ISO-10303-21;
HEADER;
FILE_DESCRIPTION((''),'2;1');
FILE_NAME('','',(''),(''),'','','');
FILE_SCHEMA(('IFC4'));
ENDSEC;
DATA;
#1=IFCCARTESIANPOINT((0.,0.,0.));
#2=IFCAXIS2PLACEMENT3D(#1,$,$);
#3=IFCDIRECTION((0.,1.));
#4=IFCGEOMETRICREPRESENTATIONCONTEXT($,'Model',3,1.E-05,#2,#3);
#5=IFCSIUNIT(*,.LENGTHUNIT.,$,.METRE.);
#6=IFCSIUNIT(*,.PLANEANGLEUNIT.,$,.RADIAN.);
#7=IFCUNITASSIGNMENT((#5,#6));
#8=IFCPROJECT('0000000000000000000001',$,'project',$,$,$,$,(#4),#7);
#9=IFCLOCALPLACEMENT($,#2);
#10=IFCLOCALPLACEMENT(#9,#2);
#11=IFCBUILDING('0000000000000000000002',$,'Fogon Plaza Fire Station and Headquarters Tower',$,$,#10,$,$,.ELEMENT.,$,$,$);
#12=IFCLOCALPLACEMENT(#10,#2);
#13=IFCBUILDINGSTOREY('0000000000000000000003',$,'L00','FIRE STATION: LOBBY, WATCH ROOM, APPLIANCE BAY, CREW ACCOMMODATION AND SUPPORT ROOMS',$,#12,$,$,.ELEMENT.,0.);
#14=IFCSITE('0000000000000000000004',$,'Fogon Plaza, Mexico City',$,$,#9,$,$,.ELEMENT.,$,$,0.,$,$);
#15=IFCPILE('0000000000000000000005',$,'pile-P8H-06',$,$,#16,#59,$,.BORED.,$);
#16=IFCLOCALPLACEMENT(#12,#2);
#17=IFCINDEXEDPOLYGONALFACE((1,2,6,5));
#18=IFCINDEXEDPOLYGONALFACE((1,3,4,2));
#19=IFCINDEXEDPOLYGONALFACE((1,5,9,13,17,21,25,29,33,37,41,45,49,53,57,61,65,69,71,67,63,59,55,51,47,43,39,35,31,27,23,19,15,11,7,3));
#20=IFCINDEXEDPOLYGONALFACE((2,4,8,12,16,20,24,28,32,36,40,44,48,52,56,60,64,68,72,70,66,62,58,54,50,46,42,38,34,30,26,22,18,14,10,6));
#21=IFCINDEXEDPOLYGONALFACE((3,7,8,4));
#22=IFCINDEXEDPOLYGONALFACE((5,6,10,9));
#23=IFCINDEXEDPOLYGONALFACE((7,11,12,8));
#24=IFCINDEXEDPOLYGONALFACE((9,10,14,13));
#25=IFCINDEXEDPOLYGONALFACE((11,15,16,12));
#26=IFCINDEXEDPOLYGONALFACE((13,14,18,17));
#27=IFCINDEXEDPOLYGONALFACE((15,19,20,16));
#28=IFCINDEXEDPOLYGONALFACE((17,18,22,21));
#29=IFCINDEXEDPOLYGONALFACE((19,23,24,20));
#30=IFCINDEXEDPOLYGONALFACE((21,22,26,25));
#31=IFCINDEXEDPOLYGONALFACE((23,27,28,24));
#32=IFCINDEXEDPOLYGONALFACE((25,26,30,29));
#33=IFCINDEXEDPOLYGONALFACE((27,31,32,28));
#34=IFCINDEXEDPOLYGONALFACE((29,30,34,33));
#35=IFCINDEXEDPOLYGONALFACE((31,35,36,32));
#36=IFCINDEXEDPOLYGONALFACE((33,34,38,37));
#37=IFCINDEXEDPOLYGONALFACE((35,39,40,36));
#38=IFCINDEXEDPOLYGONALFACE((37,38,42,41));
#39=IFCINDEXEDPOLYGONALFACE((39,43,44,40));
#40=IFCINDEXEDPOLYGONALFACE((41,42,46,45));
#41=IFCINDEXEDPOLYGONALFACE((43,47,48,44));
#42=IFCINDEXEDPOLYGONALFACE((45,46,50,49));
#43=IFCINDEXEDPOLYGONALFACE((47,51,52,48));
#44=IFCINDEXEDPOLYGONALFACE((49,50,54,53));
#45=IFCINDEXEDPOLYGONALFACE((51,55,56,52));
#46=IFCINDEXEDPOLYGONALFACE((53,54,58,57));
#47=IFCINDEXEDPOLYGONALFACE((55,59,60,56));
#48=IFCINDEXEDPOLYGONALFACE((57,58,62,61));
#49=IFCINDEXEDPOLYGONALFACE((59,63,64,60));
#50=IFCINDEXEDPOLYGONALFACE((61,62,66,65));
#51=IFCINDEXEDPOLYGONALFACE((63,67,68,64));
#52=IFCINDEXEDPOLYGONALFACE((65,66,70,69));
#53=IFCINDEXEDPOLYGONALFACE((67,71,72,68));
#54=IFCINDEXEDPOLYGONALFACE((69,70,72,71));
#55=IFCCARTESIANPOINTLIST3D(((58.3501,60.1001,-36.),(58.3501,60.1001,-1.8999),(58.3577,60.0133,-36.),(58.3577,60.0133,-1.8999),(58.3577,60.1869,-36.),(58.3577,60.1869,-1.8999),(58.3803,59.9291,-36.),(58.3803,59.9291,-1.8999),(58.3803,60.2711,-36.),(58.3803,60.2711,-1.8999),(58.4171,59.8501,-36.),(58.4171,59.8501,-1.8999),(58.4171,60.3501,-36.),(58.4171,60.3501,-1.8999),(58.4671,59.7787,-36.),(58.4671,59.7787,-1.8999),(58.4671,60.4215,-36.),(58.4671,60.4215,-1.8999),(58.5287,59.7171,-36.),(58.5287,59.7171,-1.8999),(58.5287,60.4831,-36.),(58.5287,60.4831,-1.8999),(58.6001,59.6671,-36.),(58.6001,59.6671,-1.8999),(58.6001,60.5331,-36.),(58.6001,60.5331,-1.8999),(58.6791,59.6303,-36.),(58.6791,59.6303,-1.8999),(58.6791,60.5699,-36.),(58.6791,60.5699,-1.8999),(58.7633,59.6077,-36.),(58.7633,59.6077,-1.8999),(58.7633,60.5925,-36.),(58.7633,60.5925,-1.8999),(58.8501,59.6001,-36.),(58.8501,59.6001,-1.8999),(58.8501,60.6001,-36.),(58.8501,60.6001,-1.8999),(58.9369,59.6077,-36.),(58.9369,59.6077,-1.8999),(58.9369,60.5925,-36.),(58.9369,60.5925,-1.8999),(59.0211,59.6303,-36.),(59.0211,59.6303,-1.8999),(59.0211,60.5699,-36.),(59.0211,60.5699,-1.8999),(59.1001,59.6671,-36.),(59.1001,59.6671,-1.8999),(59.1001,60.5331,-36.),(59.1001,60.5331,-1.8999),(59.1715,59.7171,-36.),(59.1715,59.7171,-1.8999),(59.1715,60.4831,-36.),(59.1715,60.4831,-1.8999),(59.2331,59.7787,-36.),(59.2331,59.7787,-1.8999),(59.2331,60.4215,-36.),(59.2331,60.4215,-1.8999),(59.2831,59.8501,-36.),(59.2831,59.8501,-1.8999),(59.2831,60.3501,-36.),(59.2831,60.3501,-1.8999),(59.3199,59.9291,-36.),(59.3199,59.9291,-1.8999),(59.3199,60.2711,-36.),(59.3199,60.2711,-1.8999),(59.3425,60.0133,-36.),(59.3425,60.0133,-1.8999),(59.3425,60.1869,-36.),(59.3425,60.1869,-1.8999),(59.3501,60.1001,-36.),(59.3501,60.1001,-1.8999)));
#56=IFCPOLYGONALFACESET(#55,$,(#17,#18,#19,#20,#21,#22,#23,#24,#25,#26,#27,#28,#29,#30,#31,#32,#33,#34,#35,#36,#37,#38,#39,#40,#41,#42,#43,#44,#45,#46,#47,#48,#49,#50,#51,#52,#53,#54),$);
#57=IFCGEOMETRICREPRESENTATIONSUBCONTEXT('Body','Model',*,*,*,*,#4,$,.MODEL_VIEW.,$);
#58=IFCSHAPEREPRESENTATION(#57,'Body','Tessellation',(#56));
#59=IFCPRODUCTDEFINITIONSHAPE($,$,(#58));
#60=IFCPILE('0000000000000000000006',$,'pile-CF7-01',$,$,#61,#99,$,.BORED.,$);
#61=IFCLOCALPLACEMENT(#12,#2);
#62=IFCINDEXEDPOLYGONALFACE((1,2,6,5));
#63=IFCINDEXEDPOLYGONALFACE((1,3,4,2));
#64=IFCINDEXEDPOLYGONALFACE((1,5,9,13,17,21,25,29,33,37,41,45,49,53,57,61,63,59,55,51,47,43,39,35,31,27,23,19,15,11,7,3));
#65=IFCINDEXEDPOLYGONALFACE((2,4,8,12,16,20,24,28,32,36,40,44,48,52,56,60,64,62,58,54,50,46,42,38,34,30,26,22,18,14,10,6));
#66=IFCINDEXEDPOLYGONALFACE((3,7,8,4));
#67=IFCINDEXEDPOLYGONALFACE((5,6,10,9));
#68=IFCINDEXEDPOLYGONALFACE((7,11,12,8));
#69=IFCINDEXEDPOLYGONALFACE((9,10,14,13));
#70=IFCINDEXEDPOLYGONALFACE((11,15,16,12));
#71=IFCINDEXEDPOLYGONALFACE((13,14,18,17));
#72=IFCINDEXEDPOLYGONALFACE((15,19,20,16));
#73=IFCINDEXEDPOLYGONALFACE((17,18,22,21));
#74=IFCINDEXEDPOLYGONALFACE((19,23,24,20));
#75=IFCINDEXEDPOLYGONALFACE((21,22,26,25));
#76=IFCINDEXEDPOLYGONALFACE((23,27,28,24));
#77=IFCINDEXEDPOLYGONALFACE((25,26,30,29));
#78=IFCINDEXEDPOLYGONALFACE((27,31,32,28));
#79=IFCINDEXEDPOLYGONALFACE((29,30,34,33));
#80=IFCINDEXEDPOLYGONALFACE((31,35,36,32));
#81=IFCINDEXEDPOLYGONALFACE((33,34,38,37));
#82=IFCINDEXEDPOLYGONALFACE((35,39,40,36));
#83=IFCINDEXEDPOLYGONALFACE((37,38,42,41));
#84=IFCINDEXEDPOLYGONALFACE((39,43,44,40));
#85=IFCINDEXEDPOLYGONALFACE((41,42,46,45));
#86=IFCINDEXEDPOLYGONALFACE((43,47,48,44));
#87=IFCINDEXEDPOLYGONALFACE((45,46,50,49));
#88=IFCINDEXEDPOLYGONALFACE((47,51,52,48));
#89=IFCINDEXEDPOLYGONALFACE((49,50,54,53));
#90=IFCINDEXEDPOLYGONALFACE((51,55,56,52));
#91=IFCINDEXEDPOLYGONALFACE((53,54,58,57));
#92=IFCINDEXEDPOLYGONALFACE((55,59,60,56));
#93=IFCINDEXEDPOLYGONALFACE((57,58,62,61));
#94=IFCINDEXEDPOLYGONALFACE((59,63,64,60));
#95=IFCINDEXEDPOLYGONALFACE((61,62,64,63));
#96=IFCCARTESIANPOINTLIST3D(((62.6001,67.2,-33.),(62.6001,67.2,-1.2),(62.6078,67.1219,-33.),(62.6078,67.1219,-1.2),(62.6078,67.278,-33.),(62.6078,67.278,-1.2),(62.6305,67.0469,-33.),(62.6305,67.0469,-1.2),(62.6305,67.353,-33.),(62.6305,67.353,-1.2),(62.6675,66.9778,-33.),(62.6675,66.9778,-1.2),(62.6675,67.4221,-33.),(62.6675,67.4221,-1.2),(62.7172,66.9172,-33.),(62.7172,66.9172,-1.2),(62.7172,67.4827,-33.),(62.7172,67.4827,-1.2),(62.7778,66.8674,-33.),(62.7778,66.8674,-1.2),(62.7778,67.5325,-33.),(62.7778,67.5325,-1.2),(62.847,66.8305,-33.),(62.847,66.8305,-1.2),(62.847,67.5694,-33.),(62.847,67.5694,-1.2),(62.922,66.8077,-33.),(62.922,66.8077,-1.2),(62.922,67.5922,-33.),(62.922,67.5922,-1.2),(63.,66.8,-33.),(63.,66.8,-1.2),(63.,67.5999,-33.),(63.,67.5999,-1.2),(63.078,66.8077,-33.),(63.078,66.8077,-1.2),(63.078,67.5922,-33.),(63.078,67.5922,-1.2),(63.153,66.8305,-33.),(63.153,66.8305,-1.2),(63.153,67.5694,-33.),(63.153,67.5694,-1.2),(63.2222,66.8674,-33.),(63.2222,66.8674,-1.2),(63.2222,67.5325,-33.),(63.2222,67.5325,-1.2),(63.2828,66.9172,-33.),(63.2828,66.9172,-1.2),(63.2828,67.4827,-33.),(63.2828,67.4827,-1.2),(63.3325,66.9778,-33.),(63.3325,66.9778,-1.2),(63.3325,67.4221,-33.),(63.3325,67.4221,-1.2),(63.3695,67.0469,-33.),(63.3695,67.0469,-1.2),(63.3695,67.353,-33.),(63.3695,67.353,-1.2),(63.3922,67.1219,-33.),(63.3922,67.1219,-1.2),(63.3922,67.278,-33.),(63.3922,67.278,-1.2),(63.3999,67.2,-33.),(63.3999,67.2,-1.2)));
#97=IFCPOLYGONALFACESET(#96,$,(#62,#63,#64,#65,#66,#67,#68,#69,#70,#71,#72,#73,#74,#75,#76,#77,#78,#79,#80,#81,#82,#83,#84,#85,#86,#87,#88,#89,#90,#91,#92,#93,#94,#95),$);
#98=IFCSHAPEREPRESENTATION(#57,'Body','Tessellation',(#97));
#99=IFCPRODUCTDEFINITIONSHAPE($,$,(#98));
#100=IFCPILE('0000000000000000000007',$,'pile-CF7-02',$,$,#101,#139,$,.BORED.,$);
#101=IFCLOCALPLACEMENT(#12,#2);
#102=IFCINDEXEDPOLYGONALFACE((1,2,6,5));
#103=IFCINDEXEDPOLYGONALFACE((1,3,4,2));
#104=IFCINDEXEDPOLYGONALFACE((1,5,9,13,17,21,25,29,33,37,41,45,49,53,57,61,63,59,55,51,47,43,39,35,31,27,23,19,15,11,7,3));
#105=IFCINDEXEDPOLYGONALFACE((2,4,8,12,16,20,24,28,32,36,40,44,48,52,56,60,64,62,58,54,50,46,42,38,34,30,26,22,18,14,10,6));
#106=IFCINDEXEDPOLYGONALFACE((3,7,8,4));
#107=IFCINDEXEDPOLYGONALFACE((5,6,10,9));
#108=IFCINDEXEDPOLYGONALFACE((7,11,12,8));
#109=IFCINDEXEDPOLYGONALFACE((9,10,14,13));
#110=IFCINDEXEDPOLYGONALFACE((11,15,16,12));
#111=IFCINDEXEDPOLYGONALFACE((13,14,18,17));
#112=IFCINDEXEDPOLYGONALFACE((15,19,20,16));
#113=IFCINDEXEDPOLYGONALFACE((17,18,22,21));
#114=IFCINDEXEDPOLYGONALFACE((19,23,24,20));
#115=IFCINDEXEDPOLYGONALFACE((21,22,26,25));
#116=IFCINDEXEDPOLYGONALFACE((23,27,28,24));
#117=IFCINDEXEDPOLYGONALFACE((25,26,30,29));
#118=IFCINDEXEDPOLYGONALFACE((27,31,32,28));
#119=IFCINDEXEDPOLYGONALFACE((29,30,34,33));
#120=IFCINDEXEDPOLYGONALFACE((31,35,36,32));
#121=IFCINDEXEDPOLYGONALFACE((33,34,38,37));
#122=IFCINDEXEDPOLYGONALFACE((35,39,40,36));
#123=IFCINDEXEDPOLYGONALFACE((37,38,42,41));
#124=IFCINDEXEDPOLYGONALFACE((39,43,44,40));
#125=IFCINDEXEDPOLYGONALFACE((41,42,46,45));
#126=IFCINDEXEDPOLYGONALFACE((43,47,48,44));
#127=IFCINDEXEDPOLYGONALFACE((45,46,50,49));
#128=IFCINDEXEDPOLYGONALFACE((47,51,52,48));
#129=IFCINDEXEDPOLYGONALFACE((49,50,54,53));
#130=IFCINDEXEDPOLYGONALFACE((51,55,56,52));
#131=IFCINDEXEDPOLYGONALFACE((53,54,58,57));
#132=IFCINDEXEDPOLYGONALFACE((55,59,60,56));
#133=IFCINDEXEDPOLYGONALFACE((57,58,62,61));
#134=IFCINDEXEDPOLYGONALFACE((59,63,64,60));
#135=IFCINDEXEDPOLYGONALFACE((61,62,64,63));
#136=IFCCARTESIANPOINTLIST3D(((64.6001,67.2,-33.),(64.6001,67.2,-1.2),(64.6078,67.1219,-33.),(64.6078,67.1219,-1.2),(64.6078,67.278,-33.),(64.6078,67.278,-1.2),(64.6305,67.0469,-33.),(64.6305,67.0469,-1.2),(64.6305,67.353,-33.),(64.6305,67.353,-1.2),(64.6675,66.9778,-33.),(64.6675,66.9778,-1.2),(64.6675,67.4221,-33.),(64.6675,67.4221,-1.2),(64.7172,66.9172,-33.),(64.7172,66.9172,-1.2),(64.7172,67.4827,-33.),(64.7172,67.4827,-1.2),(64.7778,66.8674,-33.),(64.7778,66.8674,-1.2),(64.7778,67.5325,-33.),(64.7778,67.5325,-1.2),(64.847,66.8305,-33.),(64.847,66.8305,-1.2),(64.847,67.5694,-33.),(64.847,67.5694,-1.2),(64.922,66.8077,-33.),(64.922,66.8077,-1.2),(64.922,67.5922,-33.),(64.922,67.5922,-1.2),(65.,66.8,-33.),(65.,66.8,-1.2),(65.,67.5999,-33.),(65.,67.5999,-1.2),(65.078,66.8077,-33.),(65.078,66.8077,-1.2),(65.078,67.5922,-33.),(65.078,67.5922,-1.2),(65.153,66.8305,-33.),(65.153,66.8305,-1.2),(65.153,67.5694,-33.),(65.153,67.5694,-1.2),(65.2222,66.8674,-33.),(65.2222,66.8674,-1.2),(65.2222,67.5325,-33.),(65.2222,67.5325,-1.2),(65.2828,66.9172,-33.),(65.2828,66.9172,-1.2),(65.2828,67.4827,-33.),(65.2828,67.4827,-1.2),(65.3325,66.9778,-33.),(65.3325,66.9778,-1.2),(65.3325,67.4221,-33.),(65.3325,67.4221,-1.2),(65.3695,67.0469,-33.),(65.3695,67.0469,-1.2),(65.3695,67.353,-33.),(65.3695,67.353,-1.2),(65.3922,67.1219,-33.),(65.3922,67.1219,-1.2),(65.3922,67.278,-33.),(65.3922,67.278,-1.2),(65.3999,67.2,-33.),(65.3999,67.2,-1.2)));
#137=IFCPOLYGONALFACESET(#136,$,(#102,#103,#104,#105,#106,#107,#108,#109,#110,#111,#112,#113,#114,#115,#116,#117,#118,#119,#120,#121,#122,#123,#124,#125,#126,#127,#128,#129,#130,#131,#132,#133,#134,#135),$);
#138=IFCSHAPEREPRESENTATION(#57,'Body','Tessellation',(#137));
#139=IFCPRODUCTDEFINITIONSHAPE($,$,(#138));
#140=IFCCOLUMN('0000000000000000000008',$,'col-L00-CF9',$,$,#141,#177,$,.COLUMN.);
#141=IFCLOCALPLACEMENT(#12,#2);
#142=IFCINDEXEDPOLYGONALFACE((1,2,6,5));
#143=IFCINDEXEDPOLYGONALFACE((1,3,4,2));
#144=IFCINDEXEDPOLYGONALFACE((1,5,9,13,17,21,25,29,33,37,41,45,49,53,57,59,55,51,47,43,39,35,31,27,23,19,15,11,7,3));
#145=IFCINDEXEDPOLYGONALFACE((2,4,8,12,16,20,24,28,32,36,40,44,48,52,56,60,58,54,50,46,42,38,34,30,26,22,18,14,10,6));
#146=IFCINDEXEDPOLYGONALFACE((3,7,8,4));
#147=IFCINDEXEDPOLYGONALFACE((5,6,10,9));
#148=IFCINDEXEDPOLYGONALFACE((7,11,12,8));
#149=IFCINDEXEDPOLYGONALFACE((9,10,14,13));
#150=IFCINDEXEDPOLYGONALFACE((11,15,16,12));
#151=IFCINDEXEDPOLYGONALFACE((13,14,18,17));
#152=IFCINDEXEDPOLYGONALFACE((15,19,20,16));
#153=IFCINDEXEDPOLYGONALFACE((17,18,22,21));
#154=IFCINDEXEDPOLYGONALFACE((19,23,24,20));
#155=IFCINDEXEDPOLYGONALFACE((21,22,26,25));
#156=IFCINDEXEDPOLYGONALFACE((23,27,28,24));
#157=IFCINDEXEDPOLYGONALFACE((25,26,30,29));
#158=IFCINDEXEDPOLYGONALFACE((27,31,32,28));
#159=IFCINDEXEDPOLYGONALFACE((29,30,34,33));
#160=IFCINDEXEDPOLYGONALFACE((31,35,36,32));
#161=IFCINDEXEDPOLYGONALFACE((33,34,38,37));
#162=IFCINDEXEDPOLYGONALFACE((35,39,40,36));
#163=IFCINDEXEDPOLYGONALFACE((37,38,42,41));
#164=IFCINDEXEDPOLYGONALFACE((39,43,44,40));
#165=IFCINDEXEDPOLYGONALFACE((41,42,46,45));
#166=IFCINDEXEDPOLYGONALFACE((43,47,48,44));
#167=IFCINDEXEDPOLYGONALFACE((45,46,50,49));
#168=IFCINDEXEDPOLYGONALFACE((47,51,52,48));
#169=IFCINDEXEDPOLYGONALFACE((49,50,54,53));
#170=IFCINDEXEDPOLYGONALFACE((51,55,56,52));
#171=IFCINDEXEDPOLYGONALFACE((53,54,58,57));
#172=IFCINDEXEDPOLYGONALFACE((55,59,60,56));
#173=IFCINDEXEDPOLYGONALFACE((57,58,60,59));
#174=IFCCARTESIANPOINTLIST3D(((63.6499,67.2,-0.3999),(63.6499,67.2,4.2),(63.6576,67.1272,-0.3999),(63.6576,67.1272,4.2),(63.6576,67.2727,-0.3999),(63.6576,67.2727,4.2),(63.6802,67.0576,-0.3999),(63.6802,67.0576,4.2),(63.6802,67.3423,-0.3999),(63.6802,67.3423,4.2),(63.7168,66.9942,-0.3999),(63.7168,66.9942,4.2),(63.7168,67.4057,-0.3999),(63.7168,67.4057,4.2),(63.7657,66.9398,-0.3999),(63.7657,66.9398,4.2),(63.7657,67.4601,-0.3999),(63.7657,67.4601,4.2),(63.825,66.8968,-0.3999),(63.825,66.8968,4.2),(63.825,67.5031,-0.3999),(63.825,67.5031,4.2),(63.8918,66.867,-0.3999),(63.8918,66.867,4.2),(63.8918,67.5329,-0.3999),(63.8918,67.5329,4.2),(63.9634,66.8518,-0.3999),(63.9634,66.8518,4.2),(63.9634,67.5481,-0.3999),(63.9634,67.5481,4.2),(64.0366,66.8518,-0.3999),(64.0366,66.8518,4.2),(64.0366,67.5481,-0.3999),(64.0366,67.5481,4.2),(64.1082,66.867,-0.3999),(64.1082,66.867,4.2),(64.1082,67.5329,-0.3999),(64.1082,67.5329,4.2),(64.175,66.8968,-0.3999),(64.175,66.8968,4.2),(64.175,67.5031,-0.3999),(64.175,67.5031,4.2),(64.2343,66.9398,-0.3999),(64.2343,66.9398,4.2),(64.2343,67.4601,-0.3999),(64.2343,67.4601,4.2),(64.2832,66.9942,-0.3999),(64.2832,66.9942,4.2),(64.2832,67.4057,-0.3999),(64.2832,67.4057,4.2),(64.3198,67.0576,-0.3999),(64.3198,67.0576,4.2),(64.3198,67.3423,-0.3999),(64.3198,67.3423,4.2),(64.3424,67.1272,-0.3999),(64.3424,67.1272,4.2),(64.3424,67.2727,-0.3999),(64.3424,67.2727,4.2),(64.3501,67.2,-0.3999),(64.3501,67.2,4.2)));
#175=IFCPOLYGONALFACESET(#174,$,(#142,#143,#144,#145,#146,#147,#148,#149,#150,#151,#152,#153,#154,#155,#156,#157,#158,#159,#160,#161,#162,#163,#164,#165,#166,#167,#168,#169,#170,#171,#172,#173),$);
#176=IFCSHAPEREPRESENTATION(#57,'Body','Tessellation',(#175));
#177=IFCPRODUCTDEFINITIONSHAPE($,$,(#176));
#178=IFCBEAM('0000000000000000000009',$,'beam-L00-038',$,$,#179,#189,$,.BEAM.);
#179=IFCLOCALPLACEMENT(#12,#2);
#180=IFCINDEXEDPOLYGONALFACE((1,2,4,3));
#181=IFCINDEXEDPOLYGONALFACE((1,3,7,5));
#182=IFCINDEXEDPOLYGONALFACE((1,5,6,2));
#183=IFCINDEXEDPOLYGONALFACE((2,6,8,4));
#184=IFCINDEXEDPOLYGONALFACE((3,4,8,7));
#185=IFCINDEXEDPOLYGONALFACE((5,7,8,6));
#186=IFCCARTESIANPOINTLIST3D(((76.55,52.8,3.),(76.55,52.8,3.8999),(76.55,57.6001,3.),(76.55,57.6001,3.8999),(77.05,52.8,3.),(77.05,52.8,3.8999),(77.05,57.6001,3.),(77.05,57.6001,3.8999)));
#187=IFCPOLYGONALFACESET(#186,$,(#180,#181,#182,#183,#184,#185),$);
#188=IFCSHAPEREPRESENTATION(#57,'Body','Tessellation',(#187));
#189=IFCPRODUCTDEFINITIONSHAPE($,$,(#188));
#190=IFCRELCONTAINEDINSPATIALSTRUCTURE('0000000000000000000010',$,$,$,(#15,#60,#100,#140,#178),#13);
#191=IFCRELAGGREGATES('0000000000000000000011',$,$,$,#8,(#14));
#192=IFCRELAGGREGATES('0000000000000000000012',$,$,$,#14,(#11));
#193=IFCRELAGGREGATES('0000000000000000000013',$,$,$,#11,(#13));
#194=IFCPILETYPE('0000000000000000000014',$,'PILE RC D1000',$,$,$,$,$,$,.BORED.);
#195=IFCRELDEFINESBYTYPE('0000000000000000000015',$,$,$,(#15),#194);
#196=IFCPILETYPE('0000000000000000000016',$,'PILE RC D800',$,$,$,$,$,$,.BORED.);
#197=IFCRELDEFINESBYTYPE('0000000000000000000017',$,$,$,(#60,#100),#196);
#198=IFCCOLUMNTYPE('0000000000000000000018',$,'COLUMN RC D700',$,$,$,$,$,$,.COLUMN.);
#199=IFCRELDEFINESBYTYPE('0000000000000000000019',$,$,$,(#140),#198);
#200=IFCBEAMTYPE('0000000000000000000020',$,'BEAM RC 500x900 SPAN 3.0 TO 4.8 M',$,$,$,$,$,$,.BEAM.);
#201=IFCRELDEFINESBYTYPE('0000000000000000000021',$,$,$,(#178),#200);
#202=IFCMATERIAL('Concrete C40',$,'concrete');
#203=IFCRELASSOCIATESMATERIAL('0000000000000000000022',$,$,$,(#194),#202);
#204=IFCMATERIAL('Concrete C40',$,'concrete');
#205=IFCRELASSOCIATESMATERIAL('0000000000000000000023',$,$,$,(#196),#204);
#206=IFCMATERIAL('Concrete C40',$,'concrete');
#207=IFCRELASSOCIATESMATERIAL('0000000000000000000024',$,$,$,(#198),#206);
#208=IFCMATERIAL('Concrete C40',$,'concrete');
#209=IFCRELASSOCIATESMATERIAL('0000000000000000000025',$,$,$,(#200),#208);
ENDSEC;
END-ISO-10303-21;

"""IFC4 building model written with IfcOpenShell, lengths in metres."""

from ifc_helpers import new_model, si_unit, direction, frame, origin, origin_2d, place, context, subcontext, project, spatial, rectangle, circle, extrude, material, material_profile, profile_set, type_object, element, save


model = new_model("IFC4")

# Units and contexts
model_context = context("Model", 3, precision=1e-05, world=origin(), true_north=direction((0.0, 1.0)))
body_context = subcontext(model_context, "Body", "Model", "MODEL_VIEW")
ifc_project = project(units=[si_unit("LENGTHUNIT", "METRE"), si_unit("PLANEANGLEUNIT", "RADIAN")], contexts=[model_context])

# Site, building, storey
site_placement = place(None, origin())
site = spatial("IfcSite", under=ifc_project, at=site_placement, Name="Fogon Plaza, Mexico City", CompositionType="ELEMENT", RefElevation=0.0)
building_placement = place(site_placement, origin())
building = spatial("IfcBuilding", under=site, at=building_placement, Name="Fogon Plaza Fire Station and Headquarters Tower", CompositionType="ELEMENT")
storey_placement = place(building_placement, origin())
storey = spatial("IfcBuildingStorey", under=building, at=storey_placement, Name="L00", Description="FIRE STATION: LOBBY, WATCH ROOM, APPLIANCE BAY, CREW ACCOMMODATION AND SUPPORT ROOMS", CompositionType="ELEMENT", Elevation=0.0)

# Piles
ifc_material_1 = material(Name="Concrete C40", Category="concrete")
ifc_material_profile_1 = material_profile(ifc_material_1, circle(Radius=0.5, at=origin_2d()), Name="RC D1000")
ifc_profile_set_1 = profile_set([ifc_material_profile_1], Name="Concrete C40")
pile_type_1 = type_object("IfcPileType", Name="PILE RC D1000", PredefinedType="BORED", material=ifc_profile_set_1)
pile_placement = place(storey_placement, frame((58.8501, 60.1001, -1.8999), z_axis=(0.0, 0.0, -1.0), x_axis=(1.0, 0.0, 0.0)))
element("IfcPile", 1, at=pile_placement, inside=storey, type_object=pile_type_1, Name="pile-P8H-06", PredefinedType="BORED", context=body_context, shape_type="SweptSolid", body=[
    extrude(circle(Radius=0.5, at=origin_2d()), origin(), (0.0, 0.0, 1.0), 34.1001),
])
ifc_material_2 = material(Name="Concrete C40", Category="concrete")
ifc_material_profile_2 = material_profile(ifc_material_2, circle(Radius=0.3999, at=origin_2d()), Name="RC D800")
ifc_profile_set_2 = profile_set([ifc_material_profile_2], Name="Concrete C40")
pile_type_2 = type_object("IfcPileType", Name="PILE RC D800", PredefinedType="BORED", material=ifc_profile_set_2)
for number, where, z_axis, x_axis, name in (
    (2, (63.0, 67.2, -1.2), (0.0, 0.0, -1.0), (1.0, 0.0, 0.0), "pile-CF7-01"),
    (3, (65.0, 67.2, -1.2), (0.0, 0.0, -1.0), (1.0, 0.0, 0.0), "pile-CF7-02"),
):
    element("IfcPile", number, at=place(storey_placement, frame(where, z_axis=z_axis, x_axis=x_axis)), inside=storey, type_object=pile_type_2, Name=name, PredefinedType="BORED", context=body_context, shape_type="SweptSolid", body=[
        extrude(circle(Radius=0.3999, at=origin_2d()), origin(), (0.0, 0.0, 1.0), 31.8),
    ])

# Column
ifc_material_3 = material(Name="Concrete C40", Category="concrete")
ifc_material_profile_3 = material_profile(ifc_material_3, circle(Radius=0.3501, at=origin_2d()), Name="RC D700")
ifc_profile_set_3 = profile_set([ifc_material_profile_3], Name="Concrete C40")
column_type = type_object("IfcColumnType", Name="COLUMN RC D700", PredefinedType="COLUMN", material=ifc_profile_set_3)
column_placement = place(storey_placement, frame((64.0, 67.2, -0.3999), z_axis=(0.0, 0.0, 1.0), x_axis=(1.0, 0.0, 0.0)))
element("IfcColumn", 4, at=column_placement, inside=storey, type_object=column_type, Name="col-L00-CF9", PredefinedType="COLUMN", context=body_context, shape_type="SweptSolid", body=[
    extrude(circle(Radius=0.3501, at=origin_2d()), origin(), (0.0, 0.0, 1.0), 4.5999),
])

# Beam
ifc_material_4 = material(Name="Concrete C40", Category="concrete")
ifc_material_profile_4 = material_profile(ifc_material_4, rectangle(XDim=0.5, YDim=0.8999, at=origin_2d()), Name="RC 500x900")
ifc_profile_set_4 = profile_set([ifc_material_profile_4], Name="Concrete C40")
beam_type_1 = type_object("IfcBeamType", Name="BEAM RC 500x900 SPAN 3.0 TO 4.8 M", PredefinedType="BEAM", material=ifc_profile_set_4)
beam_1_placement = place(storey_placement, frame((76.8, 52.8, 3.45), z_axis=(0.0, 1.0, 0.0), x_axis=(-1.0, 0.0, 0.0)))
element("IfcBeam", 5, at=beam_1_placement, inside=storey, type_object=beam_type_1, Name="beam-L00-038", PredefinedType="BEAM", context=body_context, shape_type="SweptSolid", body=[
    extrude(rectangle(XDim=0.5, YDim=0.8999, at=origin_2d()), origin(), (0.0, 0.0, 1.0), 4.8),
])

save(model, "model.ifc")
